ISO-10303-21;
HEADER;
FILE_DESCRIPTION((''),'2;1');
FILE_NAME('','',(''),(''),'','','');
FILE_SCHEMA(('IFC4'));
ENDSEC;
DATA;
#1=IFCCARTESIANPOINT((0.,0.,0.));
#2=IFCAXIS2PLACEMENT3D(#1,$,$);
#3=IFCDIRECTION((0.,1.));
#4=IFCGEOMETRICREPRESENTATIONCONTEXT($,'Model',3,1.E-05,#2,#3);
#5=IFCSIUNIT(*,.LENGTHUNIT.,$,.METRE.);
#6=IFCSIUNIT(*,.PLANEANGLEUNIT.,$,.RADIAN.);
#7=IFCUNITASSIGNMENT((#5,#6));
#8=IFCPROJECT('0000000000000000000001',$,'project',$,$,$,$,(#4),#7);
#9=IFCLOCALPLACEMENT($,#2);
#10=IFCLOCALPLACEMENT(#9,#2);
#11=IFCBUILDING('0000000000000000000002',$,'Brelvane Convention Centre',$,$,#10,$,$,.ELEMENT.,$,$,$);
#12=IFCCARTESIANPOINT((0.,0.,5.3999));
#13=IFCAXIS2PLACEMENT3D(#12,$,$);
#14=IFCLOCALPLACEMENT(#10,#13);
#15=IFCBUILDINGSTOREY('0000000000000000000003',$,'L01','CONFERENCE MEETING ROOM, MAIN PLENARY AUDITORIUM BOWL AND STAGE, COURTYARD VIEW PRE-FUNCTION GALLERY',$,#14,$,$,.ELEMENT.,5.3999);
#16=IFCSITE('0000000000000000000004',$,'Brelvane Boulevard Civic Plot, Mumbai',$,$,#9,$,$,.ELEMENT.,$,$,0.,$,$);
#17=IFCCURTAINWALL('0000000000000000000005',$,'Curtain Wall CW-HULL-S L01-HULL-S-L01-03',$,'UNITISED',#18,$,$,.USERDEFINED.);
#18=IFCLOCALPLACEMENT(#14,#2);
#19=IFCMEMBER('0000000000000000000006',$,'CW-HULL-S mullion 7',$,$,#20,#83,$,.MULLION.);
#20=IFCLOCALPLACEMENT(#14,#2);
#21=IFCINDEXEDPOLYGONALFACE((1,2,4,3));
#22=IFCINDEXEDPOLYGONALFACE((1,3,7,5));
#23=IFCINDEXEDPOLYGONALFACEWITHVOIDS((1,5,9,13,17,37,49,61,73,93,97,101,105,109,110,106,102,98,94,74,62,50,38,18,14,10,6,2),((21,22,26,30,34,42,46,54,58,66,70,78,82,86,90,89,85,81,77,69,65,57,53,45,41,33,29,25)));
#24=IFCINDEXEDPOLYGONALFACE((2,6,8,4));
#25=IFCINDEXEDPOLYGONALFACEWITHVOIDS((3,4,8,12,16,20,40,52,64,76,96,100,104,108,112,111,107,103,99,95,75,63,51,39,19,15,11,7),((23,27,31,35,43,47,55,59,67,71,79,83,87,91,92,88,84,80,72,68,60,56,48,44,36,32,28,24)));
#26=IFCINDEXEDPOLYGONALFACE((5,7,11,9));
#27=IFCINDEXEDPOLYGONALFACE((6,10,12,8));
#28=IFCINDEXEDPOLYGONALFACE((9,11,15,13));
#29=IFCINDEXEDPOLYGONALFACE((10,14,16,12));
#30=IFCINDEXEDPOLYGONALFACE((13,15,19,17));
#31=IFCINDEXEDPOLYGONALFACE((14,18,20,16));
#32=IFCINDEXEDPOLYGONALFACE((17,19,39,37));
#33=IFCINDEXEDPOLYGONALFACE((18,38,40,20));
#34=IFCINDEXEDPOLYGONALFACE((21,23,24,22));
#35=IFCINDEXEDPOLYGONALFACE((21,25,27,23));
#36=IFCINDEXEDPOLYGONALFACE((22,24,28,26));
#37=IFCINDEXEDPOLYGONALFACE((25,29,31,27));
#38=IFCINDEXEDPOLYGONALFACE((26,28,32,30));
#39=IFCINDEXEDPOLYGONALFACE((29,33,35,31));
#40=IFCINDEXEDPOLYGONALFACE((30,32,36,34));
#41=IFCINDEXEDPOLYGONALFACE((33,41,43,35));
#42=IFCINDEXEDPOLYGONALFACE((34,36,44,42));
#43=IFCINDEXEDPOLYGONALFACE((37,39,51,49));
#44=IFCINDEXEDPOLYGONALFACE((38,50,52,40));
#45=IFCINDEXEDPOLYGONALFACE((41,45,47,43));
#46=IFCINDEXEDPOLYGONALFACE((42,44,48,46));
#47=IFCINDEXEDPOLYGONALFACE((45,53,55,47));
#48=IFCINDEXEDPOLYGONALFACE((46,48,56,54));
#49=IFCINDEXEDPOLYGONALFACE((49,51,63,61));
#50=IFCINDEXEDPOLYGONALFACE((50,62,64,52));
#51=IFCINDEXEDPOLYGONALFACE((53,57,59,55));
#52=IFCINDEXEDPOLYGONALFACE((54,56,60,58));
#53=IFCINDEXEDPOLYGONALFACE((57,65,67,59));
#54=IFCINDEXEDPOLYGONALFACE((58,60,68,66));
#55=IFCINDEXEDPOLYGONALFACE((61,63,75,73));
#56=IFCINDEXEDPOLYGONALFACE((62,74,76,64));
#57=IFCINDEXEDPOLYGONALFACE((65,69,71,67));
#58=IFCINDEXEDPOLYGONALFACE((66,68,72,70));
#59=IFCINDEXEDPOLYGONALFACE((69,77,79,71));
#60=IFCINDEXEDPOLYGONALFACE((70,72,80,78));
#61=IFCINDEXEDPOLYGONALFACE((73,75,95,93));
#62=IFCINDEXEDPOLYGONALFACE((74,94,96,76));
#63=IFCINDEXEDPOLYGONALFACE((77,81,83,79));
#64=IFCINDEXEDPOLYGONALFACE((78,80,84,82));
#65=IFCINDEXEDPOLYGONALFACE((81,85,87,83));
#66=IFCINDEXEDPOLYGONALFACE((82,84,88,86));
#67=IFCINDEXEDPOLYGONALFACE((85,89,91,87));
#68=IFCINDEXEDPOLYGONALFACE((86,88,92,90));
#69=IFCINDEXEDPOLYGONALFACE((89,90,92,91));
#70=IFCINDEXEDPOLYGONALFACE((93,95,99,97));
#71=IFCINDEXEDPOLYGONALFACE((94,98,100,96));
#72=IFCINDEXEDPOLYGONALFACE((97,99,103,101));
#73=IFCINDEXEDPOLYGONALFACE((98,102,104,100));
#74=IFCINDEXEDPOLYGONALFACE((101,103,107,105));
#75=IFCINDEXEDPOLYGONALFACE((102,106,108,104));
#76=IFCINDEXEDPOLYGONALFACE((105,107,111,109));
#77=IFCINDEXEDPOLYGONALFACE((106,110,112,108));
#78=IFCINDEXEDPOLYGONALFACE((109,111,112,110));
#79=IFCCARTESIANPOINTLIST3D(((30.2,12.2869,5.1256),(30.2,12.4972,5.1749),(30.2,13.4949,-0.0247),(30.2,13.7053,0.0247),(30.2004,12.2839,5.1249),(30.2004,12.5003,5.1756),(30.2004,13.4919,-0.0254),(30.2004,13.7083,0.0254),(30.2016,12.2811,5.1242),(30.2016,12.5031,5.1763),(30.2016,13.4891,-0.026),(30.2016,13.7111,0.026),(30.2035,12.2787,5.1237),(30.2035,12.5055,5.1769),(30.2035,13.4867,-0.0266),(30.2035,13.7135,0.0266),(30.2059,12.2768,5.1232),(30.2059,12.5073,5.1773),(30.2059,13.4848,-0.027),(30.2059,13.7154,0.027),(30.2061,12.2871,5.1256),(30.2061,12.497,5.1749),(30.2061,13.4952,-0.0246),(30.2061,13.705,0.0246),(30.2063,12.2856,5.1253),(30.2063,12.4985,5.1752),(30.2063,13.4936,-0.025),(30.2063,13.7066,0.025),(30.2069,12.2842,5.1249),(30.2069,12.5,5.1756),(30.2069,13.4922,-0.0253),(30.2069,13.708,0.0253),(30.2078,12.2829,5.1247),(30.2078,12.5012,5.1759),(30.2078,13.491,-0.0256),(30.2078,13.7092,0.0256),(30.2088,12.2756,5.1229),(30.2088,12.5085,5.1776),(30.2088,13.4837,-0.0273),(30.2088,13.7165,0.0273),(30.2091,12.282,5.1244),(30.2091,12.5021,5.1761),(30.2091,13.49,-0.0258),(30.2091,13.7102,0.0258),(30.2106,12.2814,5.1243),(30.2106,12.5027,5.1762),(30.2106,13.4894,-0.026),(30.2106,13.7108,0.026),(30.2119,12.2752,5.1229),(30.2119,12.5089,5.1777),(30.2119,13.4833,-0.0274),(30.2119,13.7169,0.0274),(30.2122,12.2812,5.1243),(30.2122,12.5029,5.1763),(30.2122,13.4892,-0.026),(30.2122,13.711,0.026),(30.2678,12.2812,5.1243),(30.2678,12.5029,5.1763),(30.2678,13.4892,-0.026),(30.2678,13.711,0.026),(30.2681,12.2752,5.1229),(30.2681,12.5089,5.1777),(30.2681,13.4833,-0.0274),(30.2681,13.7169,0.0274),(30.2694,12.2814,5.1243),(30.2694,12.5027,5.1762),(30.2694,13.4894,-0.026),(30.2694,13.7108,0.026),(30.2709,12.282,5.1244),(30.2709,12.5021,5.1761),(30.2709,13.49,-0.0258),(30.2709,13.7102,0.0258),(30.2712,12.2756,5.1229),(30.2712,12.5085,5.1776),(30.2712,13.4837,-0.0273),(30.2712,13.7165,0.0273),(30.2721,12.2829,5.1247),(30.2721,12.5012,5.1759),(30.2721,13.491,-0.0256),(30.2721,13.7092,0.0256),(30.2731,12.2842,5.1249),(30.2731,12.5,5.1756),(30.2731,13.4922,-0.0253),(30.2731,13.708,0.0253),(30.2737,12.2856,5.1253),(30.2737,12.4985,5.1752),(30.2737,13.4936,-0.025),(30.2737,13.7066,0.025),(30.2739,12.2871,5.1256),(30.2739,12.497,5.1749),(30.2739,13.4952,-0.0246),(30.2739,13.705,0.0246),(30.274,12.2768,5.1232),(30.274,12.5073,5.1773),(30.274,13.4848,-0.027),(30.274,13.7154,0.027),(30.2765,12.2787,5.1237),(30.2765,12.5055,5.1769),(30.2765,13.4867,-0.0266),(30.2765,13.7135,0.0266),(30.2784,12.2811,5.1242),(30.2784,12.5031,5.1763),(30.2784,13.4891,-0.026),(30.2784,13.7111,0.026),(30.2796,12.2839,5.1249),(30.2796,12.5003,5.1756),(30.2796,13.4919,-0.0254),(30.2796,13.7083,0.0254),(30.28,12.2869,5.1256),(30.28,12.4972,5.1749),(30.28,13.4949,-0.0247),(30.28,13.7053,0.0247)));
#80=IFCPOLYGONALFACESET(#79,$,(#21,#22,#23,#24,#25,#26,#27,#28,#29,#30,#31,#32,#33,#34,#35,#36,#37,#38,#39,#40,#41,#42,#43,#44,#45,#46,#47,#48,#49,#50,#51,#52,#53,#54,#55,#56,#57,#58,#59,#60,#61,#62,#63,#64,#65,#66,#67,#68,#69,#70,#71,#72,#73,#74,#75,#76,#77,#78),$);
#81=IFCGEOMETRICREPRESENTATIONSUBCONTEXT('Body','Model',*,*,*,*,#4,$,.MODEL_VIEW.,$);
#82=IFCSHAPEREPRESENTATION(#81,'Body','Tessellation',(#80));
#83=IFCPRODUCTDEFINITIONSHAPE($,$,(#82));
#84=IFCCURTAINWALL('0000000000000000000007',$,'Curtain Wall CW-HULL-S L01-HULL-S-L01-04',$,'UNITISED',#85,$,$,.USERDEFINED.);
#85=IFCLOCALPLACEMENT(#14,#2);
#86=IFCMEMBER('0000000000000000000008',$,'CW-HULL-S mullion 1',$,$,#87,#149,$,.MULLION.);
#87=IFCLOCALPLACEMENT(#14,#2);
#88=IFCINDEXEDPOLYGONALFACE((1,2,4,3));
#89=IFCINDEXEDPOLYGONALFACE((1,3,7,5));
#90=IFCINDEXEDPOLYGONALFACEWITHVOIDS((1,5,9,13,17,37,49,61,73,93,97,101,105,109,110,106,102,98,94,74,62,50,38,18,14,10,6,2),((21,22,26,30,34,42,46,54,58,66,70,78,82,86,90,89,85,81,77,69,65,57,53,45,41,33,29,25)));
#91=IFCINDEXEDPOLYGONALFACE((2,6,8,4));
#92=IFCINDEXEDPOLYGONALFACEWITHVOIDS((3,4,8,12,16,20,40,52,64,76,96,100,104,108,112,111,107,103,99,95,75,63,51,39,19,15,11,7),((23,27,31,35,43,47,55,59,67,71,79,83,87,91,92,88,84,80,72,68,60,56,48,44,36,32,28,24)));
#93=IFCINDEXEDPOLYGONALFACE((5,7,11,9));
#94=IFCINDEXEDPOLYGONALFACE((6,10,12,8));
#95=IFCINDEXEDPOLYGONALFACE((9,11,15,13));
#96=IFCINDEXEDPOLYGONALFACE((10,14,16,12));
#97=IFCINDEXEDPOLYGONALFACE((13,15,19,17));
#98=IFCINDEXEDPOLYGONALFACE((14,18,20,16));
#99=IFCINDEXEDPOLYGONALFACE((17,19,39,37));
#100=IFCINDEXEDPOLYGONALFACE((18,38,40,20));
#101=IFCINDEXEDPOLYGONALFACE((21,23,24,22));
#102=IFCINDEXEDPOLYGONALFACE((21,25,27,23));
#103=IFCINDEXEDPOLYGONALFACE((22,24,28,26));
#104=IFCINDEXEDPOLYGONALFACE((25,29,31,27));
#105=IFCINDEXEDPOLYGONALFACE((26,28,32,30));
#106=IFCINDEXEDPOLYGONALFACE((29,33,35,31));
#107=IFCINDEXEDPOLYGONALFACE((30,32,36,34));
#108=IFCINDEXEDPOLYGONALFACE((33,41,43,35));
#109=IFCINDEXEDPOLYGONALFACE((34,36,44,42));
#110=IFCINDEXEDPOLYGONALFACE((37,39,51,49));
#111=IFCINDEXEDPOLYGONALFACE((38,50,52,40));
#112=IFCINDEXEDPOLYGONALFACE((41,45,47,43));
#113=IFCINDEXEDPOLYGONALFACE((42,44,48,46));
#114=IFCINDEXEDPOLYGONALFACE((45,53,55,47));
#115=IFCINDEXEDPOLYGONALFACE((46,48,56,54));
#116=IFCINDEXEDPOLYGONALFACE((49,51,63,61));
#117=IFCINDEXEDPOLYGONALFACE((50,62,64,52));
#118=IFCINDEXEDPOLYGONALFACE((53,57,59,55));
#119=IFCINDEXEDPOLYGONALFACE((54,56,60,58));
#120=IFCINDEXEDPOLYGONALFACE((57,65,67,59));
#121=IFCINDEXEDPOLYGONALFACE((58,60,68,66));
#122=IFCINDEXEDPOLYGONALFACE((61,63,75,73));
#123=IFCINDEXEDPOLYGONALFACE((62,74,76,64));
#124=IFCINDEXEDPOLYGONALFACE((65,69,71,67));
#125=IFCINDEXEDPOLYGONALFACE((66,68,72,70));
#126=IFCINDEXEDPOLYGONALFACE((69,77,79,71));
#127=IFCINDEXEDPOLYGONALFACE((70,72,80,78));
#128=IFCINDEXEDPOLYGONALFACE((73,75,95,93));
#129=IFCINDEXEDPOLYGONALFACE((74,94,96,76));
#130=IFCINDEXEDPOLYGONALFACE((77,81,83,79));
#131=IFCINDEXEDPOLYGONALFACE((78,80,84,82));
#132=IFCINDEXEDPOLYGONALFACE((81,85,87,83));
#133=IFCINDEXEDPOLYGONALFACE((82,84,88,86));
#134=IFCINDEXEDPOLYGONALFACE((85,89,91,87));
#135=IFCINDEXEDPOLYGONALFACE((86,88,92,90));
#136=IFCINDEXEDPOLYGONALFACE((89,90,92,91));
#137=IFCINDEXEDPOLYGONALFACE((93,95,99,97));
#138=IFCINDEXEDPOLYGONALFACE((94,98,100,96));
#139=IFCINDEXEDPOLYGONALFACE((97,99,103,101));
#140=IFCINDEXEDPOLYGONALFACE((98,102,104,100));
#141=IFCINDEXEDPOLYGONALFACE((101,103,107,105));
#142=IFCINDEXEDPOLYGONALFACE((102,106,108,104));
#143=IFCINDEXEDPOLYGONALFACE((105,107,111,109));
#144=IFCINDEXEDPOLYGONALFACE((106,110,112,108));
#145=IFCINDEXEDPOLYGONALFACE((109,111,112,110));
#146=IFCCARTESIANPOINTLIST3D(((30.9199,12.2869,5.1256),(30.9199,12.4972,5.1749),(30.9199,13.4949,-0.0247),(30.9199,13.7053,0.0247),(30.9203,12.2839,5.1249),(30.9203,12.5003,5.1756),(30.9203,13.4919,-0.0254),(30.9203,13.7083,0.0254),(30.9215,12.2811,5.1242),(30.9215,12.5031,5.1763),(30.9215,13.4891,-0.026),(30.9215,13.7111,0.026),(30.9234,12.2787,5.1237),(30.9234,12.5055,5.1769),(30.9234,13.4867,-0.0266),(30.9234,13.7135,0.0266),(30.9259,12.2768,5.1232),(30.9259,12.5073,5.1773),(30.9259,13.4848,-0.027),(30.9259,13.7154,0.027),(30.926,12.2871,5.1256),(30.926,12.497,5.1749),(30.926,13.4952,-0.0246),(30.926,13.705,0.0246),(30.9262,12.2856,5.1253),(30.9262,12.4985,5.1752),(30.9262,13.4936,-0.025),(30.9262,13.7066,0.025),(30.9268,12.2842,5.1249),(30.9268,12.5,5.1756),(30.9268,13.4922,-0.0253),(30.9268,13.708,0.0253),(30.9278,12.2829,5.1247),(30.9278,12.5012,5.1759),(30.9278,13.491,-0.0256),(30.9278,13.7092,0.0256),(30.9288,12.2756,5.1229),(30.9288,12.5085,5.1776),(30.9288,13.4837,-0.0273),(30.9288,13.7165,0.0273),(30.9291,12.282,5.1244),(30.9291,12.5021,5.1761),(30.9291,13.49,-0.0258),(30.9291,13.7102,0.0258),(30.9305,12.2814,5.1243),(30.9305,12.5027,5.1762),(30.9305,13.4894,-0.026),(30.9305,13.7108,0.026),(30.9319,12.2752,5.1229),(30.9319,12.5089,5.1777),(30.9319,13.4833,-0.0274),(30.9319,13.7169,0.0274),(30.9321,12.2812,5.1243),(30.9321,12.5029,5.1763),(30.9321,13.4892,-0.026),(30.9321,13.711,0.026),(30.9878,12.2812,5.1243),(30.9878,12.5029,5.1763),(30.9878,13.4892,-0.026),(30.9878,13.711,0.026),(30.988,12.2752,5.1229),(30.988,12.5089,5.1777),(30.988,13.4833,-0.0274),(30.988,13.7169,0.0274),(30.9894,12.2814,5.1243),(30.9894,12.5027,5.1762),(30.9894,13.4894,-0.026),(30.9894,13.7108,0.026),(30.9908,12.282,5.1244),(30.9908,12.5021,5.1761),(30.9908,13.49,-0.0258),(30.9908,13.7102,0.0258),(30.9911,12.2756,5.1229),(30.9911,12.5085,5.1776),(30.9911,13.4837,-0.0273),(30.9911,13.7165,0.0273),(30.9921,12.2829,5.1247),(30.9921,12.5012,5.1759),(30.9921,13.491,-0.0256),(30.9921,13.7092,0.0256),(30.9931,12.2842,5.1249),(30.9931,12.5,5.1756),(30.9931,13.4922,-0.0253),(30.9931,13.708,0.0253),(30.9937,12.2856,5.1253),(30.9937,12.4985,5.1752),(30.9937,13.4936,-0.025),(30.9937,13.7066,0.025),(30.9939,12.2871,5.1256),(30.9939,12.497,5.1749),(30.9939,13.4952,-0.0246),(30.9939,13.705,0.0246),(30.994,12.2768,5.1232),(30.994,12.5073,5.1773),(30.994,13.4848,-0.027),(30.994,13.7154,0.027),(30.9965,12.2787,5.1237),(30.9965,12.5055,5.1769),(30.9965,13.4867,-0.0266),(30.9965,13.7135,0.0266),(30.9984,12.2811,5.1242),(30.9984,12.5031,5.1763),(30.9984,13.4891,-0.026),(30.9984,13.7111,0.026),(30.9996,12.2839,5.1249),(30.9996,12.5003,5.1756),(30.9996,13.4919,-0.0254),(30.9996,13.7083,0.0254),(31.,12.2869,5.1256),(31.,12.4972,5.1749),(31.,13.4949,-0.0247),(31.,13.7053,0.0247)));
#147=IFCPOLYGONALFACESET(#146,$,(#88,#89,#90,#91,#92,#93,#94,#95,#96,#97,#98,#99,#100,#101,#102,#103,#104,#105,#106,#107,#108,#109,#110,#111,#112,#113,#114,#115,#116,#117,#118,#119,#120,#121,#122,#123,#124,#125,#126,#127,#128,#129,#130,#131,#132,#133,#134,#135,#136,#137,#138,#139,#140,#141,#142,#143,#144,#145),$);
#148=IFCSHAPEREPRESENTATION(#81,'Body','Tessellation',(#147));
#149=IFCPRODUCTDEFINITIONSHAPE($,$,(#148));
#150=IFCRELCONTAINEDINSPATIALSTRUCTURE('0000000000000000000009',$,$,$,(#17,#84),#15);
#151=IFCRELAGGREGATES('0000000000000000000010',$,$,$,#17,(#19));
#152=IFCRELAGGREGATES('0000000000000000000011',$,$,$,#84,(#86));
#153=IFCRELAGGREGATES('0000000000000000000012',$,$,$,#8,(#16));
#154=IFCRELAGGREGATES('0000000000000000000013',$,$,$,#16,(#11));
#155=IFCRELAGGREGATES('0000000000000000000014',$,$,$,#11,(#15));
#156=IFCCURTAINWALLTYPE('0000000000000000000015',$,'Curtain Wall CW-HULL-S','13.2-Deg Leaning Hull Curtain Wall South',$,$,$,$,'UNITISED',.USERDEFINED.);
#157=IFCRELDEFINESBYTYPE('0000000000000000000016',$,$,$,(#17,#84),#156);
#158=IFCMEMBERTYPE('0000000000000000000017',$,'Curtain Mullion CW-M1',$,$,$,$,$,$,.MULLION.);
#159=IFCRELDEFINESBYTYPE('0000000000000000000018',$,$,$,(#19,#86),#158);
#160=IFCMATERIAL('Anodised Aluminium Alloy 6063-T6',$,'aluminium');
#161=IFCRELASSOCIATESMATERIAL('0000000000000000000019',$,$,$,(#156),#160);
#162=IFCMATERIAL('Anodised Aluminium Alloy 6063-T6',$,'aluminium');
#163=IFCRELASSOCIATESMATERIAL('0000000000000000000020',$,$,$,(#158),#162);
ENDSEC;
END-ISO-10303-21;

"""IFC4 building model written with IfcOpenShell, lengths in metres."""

from ifc_helpers import new_model, si_unit, direction, frame, origin, origin_2d, place, context, subcontext, project, spatial, hollow_rectangle, extrude, material, material_profile, profile_set, type_object, element, aggregate, save


model = new_model("IFC4")

# Units and contexts
model_context = context("Model", 3, precision=1e-05, world=origin(), true_north=direction((0.0, 1.0)))
body_context = subcontext(model_context, "Body", "Model", "MODEL_VIEW")
ifc_project = project(units=[si_unit("LENGTHUNIT", "METRE"), si_unit("PLANEANGLEUNIT", "RADIAN")], contexts=[model_context])

# Site, building, storey
site_placement = place(None, origin())
site = spatial("IfcSite", under=ifc_project, at=site_placement, Name="Brelvane Boulevard Civic Plot, Mumbai", CompositionType="ELEMENT", RefElevation=0.0)
building_placement = place(site_placement, origin())
building = spatial("IfcBuilding", under=site, at=building_placement, Name="Brelvane Convention Centre", CompositionType="ELEMENT")
storey_placement = place(building_placement, frame((0.0, 0.0, 5.3999)))
storey = spatial("IfcBuildingStorey", under=building, at=storey_placement, Name="L01", Description="CONFERENCE MEETING ROOM, MAIN PLENARY AUDITORIUM BOWL AND STAGE, COURTYARD VIEW PRE-FUNCTION GALLERY", CompositionType="ELEMENT", Elevation=5.3999)

# Curtain walls, members
ifc_material_1 = material(Name="Anodised Aluminium Alloy 6063-T6", Category="aluminium")
curtain_wall_type = type_object("IfcCurtainWallType", Name="Curtain Wall CW-HULL-S", Description="13.2-Deg Leaning Hull Curtain Wall South", ElementType="UNITISED", PredefinedType="USERDEFINED", material=ifc_material_1)
curtain_wall_1_placement = place(storey_placement, origin())
curtain_wall_1 = element("IfcCurtainWall", 1, at=curtain_wall_1_placement, inside=storey, type_object=curtain_wall_type, Name="Curtain Wall CW-HULL-S L01-HULL-S-L01-03", ObjectType="UNITISED", PredefinedType="USERDEFINED")
ifc_material_2 = material(Name="Anodised Aluminium Alloy 6063-T6", Category="aluminium")
ifc_material_profile_1 = material_profile(ifc_material_2, hollow_rectangle(XDim=0.0801, YDim=0.24, WallThickness=0.0061, InnerFilletRadius=0.0061, OuterFilletRadius=0.012, at=origin_2d()), Name="ALU-M 240x80x6.0")
ifc_profile_set_1 = profile_set([ifc_material_profile_1], Name="Anodised Aluminium Alloy 6063-T6")
member_type_1 = type_object("IfcMemberType", Name="Curtain Mullion CW-M1", PredefinedType="MULLION", material=ifc_profile_set_1)
member_1_placement = place(storey_placement, frame((30.24, 13.6001, 0.0), z_axis=(0.0, -0.22836, 0.973577), x_axis=(1.0, 0.0, 0.0)))
member_1 = element("IfcMember", 2, at=member_1_placement, type_object=member_type_1, Name="CW-HULL-S mullion 7", PredefinedType="MULLION", context=body_context, shape_type="SweptSolid", body=[
    extrude(hollow_rectangle(XDim=0.0801, YDim=0.24, WallThickness=0.0061, InnerFilletRadius=0.0061, OuterFilletRadius=0.012, at=origin_2d()), origin(), (0.0, 0.0, 1.0), 5.29),
])
curtain_wall_2_placement = place(storey_placement, origin())
curtain_wall_2 = element("IfcCurtainWall", 3, at=curtain_wall_2_placement, inside=storey, type_object=curtain_wall_type, Name="Curtain Wall CW-HULL-S L01-HULL-S-L01-04", ObjectType="UNITISED", PredefinedType="USERDEFINED")
member_2_placement = place(storey_placement, frame((30.96, 13.6001, 0.0), z_axis=(0.0, -0.22836, 0.973577), x_axis=(1.0, 0.0, 0.0)))
member_2 = element("IfcMember", 4, at=member_2_placement, type_object=member_type_1, Name="CW-HULL-S mullion 1", PredefinedType="MULLION", context=body_context, shape_type="SweptSolid", body=[
    extrude(hollow_rectangle(XDim=0.0801, YDim=0.24, WallThickness=0.0061, InnerFilletRadius=0.0061, OuterFilletRadius=0.012, at=origin_2d()), origin(), (0.0, 0.0, 1.0), 5.29),
])

aggregate(curtain_wall_1, [member_1])

aggregate(curtain_wall_2, [member_2])

save(model, "model.ifc")
